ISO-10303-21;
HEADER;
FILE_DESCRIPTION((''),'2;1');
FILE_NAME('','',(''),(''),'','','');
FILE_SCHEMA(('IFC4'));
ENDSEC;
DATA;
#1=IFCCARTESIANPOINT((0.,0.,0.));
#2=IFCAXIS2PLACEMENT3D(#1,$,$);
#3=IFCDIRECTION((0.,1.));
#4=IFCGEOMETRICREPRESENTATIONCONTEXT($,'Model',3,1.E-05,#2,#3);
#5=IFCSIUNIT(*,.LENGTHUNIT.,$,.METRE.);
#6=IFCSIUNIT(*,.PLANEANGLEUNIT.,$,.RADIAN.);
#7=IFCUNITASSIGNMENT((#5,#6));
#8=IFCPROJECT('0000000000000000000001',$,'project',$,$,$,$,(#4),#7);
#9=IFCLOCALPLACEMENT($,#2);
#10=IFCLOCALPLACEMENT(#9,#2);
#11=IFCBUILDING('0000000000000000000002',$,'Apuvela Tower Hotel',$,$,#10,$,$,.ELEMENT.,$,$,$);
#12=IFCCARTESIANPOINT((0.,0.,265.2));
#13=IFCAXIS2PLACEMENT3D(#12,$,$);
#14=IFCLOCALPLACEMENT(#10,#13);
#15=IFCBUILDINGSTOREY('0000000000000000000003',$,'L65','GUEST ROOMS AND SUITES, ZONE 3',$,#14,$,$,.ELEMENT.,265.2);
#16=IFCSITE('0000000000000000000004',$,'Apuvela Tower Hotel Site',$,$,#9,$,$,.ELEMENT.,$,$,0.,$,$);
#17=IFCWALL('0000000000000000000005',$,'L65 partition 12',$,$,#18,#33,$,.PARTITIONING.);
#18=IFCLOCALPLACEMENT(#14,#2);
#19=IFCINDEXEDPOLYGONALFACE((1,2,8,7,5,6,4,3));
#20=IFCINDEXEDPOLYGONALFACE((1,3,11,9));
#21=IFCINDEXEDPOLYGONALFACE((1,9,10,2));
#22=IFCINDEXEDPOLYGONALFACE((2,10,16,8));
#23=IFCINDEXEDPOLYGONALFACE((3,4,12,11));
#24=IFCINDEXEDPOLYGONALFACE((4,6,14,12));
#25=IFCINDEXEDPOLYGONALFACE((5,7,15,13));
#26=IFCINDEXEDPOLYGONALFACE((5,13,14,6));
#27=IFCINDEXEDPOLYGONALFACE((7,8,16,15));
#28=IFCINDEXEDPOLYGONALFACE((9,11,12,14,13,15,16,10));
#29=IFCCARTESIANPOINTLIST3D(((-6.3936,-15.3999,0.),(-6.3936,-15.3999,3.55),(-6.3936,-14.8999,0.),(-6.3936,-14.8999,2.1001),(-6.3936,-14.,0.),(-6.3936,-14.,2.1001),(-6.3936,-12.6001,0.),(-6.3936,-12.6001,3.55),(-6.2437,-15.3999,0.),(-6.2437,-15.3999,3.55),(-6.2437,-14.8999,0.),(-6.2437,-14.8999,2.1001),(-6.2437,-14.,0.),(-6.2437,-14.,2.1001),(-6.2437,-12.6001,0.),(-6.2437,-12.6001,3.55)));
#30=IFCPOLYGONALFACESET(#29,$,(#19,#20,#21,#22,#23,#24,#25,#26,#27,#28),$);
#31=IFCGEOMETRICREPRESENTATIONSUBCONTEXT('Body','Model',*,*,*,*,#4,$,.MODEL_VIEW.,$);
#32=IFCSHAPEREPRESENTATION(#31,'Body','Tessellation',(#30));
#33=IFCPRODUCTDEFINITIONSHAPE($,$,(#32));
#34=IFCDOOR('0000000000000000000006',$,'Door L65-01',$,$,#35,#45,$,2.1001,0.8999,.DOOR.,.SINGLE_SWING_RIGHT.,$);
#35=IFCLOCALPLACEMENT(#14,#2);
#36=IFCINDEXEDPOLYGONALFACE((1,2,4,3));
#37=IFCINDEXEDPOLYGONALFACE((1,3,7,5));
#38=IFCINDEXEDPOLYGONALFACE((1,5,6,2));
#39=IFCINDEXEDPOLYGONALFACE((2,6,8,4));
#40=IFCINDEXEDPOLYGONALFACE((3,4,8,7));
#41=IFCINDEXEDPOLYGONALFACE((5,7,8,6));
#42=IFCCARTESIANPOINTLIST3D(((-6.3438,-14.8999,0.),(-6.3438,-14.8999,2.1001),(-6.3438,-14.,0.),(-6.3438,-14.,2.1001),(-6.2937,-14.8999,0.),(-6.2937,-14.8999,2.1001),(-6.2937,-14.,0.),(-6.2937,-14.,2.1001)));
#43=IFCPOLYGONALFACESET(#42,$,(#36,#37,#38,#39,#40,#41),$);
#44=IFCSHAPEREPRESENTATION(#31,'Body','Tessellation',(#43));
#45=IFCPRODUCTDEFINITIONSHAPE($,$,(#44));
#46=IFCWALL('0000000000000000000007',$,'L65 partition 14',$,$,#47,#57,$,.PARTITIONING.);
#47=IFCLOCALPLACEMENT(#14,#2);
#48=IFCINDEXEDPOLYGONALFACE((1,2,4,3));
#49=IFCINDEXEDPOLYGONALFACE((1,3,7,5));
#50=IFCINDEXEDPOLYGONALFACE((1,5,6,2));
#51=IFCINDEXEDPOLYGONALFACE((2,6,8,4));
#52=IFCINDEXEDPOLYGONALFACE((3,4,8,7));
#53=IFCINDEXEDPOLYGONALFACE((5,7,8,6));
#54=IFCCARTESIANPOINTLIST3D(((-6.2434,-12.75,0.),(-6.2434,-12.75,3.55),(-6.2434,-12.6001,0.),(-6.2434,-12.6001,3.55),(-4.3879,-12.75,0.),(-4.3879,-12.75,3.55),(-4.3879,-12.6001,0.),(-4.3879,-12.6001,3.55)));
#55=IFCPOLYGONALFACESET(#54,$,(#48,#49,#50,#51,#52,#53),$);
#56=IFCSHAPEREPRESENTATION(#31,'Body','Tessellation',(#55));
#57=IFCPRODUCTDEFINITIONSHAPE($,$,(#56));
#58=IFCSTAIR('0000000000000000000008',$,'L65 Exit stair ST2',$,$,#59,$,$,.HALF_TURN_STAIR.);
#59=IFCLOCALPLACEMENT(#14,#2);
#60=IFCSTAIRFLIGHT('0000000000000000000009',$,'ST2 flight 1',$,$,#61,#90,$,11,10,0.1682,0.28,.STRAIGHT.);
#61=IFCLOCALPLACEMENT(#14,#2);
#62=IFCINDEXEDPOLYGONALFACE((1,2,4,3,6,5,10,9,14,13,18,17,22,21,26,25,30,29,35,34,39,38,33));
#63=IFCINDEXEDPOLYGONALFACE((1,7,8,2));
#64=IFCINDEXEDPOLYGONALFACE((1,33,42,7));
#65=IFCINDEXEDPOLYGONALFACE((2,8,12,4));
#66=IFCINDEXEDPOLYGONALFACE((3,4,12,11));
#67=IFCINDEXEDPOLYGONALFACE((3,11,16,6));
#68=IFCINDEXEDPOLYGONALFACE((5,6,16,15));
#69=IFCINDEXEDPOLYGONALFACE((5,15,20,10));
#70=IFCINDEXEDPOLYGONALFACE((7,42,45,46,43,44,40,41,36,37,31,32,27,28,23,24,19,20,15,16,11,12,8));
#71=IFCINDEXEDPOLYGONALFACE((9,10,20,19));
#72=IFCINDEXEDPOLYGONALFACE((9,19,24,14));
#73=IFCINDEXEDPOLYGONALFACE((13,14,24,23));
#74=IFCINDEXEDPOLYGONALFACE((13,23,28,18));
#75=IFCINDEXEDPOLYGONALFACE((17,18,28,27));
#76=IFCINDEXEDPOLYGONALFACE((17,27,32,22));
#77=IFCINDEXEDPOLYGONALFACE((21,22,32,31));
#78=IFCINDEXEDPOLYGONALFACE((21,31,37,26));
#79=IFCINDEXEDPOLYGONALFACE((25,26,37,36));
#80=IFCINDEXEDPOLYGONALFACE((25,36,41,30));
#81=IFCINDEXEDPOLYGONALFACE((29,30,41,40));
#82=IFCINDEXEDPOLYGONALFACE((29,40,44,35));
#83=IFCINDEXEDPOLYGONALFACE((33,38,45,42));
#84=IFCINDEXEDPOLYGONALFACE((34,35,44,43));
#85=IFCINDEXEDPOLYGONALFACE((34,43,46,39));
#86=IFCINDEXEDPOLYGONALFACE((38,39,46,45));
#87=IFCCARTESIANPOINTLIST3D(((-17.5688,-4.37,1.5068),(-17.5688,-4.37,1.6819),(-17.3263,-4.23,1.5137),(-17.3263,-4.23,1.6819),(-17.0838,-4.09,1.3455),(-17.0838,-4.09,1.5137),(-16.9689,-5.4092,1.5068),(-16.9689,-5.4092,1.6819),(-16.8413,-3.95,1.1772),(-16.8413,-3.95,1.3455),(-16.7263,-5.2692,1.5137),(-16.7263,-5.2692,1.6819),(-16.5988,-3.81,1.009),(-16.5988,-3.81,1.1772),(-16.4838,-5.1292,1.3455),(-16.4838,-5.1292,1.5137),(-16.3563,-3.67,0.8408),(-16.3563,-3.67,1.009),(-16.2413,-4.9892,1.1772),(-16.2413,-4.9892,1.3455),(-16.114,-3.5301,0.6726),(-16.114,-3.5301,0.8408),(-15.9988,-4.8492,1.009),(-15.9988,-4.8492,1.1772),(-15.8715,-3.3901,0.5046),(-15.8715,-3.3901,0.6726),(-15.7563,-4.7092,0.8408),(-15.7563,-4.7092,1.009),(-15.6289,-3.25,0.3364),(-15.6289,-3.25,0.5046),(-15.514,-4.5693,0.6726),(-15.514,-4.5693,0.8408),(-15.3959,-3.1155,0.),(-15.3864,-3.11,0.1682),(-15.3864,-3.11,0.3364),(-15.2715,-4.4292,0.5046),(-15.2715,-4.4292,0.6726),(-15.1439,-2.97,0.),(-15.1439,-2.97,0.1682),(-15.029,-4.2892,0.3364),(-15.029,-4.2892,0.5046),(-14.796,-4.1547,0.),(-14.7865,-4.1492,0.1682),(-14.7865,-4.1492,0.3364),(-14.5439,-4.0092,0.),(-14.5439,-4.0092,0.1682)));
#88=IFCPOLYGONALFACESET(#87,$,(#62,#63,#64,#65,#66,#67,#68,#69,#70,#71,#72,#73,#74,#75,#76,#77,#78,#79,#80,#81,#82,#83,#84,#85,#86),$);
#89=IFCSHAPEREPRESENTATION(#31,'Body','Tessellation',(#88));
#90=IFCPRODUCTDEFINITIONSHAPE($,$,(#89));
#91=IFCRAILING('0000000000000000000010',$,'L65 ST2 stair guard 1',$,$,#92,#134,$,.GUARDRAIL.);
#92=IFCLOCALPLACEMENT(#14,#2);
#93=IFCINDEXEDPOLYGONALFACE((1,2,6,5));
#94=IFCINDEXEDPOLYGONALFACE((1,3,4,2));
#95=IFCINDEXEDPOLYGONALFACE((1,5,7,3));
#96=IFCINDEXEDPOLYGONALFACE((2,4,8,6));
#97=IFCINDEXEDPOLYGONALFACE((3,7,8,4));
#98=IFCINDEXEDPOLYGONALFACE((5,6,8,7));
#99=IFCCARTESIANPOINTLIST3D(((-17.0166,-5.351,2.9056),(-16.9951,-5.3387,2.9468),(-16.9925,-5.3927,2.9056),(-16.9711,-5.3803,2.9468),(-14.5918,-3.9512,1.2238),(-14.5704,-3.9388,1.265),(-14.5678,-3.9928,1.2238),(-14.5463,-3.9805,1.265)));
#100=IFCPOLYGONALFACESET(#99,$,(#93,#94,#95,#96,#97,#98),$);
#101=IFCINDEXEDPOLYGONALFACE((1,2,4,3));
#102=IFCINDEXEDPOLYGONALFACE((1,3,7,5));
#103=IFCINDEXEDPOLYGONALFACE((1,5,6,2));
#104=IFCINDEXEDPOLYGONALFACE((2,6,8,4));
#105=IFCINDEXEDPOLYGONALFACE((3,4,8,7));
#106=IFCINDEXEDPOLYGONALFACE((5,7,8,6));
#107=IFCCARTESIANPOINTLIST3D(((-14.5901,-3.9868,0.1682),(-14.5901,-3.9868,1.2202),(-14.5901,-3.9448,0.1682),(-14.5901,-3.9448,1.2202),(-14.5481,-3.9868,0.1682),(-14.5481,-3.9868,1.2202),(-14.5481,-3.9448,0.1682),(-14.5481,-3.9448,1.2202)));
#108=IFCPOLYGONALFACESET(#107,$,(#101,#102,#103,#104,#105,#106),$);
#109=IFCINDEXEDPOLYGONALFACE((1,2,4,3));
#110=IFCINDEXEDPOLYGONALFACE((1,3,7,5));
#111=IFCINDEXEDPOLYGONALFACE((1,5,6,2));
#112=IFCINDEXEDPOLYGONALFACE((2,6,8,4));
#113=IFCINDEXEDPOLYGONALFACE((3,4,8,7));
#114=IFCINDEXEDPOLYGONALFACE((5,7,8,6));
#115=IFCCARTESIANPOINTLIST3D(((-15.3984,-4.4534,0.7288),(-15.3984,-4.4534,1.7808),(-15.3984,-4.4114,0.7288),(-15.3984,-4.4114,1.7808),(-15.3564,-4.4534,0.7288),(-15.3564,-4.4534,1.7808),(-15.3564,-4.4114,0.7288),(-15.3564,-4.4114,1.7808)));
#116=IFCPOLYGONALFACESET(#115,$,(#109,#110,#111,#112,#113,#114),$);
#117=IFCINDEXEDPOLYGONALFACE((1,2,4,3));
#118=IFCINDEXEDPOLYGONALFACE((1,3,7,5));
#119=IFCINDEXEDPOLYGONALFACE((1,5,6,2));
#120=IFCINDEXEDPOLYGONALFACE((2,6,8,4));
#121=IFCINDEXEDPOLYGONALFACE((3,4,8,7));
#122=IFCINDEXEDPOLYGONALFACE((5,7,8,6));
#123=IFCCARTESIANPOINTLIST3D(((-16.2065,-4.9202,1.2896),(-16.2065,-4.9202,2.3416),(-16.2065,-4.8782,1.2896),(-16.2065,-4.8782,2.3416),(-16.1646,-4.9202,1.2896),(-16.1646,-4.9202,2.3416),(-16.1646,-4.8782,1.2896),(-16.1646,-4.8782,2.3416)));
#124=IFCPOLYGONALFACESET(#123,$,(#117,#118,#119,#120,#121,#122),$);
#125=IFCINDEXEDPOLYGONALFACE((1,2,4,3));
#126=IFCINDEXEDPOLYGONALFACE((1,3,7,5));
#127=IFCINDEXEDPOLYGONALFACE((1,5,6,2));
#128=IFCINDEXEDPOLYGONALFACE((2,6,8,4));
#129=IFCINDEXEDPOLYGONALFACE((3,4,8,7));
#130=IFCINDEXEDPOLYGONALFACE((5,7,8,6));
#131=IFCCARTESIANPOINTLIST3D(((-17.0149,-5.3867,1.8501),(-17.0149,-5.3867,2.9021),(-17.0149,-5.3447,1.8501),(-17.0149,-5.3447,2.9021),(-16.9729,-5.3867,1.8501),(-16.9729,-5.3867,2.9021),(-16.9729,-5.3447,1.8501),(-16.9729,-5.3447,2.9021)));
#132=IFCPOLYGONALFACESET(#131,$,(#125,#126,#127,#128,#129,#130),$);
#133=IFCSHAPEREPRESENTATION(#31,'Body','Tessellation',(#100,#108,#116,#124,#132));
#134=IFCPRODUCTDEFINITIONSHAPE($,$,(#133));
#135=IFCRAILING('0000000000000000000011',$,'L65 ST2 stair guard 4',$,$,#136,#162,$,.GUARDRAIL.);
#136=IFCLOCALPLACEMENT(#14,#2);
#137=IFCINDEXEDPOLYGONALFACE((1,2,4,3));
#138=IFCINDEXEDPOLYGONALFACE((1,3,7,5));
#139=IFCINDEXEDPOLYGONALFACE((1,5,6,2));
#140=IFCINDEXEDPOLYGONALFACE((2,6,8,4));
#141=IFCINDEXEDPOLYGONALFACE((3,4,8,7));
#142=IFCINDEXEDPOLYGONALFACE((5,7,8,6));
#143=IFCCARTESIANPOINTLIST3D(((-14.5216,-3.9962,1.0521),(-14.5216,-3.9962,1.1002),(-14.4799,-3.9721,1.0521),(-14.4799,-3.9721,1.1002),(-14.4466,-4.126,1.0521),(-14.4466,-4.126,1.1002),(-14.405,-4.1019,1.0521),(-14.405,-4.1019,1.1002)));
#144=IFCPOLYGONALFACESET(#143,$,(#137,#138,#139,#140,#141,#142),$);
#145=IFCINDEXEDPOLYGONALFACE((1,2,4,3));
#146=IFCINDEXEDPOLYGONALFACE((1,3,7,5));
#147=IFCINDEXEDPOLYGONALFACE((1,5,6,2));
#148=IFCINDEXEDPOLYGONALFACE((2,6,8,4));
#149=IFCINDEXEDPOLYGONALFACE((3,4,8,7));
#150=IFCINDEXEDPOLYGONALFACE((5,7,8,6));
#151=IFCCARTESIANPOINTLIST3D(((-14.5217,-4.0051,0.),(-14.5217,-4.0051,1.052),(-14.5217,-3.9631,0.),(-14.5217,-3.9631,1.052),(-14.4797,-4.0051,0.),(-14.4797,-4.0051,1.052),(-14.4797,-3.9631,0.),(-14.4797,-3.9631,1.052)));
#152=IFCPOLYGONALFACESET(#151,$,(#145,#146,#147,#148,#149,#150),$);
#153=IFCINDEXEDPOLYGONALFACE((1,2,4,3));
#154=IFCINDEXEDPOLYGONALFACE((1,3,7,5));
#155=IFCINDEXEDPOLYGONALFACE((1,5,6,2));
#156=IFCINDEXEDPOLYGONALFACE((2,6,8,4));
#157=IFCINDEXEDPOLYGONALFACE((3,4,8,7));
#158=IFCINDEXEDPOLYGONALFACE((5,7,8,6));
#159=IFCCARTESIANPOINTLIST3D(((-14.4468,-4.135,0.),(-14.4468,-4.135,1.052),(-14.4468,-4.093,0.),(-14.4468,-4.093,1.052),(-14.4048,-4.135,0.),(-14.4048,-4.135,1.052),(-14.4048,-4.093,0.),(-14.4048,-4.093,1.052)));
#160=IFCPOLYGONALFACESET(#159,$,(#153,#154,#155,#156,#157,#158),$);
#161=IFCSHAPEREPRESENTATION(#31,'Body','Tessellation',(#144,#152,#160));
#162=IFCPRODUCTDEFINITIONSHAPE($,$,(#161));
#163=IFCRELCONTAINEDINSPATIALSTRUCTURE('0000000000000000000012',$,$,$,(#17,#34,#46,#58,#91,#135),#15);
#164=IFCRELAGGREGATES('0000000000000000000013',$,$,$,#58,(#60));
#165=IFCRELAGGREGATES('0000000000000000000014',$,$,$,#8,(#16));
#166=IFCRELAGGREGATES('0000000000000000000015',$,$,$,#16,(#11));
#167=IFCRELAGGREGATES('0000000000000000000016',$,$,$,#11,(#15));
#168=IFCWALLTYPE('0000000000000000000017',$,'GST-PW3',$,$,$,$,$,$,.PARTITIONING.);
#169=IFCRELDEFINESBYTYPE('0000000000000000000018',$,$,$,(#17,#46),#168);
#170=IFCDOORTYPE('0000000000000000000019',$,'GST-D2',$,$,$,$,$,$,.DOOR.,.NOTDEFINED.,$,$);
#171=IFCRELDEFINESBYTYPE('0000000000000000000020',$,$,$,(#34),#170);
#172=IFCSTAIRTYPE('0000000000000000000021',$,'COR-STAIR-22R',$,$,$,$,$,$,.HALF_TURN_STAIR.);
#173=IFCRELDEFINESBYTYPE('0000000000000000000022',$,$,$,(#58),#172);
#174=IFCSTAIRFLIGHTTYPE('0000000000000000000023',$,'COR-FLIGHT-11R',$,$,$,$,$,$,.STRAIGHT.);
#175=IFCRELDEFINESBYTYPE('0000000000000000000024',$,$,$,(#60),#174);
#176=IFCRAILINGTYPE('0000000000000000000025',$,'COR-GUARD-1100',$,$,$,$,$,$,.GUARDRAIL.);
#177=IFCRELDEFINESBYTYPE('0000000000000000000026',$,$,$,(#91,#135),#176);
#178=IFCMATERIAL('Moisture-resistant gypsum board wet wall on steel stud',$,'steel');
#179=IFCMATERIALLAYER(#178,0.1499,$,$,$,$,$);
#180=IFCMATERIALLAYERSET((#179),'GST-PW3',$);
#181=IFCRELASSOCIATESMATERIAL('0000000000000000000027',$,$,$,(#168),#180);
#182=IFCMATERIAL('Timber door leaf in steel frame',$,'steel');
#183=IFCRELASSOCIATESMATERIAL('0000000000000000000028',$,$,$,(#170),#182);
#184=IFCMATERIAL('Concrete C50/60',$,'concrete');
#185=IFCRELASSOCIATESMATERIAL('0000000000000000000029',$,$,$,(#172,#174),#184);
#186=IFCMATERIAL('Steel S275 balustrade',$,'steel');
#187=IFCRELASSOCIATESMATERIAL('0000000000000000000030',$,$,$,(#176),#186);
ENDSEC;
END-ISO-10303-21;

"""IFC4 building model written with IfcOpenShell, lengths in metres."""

from ifc_helpers import new_model, si_unit, direction, frame, frame_2d, origin, origin_2d, place, context, subcontext, project, spatial, polyline, rectangle, outline, extrude, material, layer, layer_set, type_object, element, fill, aggregate, save


model = new_model("IFC4")

# Units and contexts
model_context = context("Model", 3, precision=1e-05, world=origin(), true_north=direction((0.0, 1.0)))
body_context = subcontext(model_context, "Body", "Model", "MODEL_VIEW")
ifc_project = project(units=[si_unit("LENGTHUNIT", "METRE"), si_unit("PLANEANGLEUNIT", "RADIAN")], contexts=[model_context])

# Site, building, storey
site_placement = place(None, origin())
site = spatial("IfcSite", under=ifc_project, at=site_placement, Name="Apuvela Tower Hotel Site", CompositionType="ELEMENT", RefElevation=0.0)
building_placement = place(site_placement, origin())
building = spatial("IfcBuilding", under=site, at=building_placement, Name="Apuvela Tower Hotel", CompositionType="ELEMENT")
storey_placement = place(building_placement, frame((0.0, 0.0, 265.2)))
storey = spatial("IfcBuildingStorey", under=building, at=storey_placement, Name="L65", Description="GUEST ROOMS AND SUITES, ZONE 3", CompositionType="ELEMENT", Elevation=265.2)

# Shared definitions
ifc_material_1 = material(Name="Concrete C50/60", Category="concrete")

# Wall, opening, door
ifc_material_2 = material(Name="Timber door leaf in steel frame", Category="steel")
ifc_material_3 = material(Name="Moisture-resistant gypsum board wet wall on steel stud", Category="steel")
ifc_layer_1 = layer(ifc_material_3, 0.1499)
ifc_layer_set_1 = layer_set([ifc_layer_1], Name="GST-PW3")
wall_type_1 = type_object("IfcWallType", Name="GST-PW3", PredefinedType="PARTITIONING", material=ifc_layer_set_1)
wall_1_placement = place(storey_placement, frame((-6.3186, -12.6001, 0.0), z_axis=(0.0, 0.0, 1.0), x_axis=(0.0, -1.0, 0.0)))
wall_1 = element("IfcWall", 1, at=wall_1_placement, inside=storey, type_object=wall_type_1, Name="L65 partition 12", PredefinedType="PARTITIONING", context=body_context, shape_type="SweptSolid", body=[
    extrude(rectangle(XDim=2.7998, YDim=0.1499, at=frame_2d((1.3999, 0.0))), origin(), (0.0, 0.0, 1.0), 3.55),
])
opening_1_placement = place(wall_1_placement, frame((1.3999, 0.0, 0.0)))
opening_1 = element("IfcOpeningElement", 2, at=opening_1_placement, cuts=wall_1, PredefinedType="OPENING", context=body_context, shape_type="SweptSolid", body=[
    extrude(rectangle(XDim=0.8999, YDim=2.1001, at=frame_2d((0.45, 1.05))), frame((0.0, 0.085, 0.0), z_axis=(0.0, -1.0, 0.0), x_axis=(1.0, 0.0, 0.0)), (0.0, 0.0, 1.0), 0.1699),
])
door_type_1 = type_object("IfcDoorType", Name="GST-D2", OperationType="NOTDEFINED", PredefinedType="DOOR", material=ifc_material_2)
door_1_placement = place(opening_1_placement, origin())
door_1 = element("IfcDoor", 3, at=door_1_placement, inside=storey, type_object=door_type_1, Name="Door L65-01", OperationType="SINGLE_SWING_RIGHT", OverallHeight=2.1001, OverallWidth=0.8999, PredefinedType="DOOR", context=body_context, shape_type="SweptSolid", body=[
    extrude(rectangle(XDim=0.8999, YDim=2.1001, at=frame_2d((0.45, 1.05))), frame((0.0, 0.0249, 0.0), z_axis=(0.0, -1.0, 0.0), x_axis=(1.0, 0.0, 0.0)), (0.0, 0.0, 1.0), 0.05),
])
fill(opening_1, door_1)

# Wall
wall_2_placement = place(storey_placement, frame((-6.2434, -12.675, 0.0), z_axis=(0.0, 0.0, 1.0), x_axis=(1.0, 0.0, 0.0)))
element("IfcWall", 4, at=wall_2_placement, inside=storey, type_object=wall_type_1, Name="L65 partition 14", PredefinedType="PARTITIONING", context=body_context, shape_type="SweptSolid", body=[
    extrude(rectangle(XDim=1.8555, YDim=0.1499, at=frame_2d((0.9277, 0.0))), origin(), (0.0, 0.0, 1.0), 3.55),
])

# Stair, stair flight
stair_type = type_object("IfcStairType", Name="COR-STAIR-22R", PredefinedType="HALF_TURN_STAIR", material=ifc_material_1)
stair_placement = place(storey_placement, origin())
stair = element("IfcStair", 5, at=stair_placement, inside=storey, type_object=stair_type, Name="L65 Exit stair ST2", PredefinedType="HALF_TURN_STAIR")
stair_flight_type = type_object("IfcStairFlightType", Name="COR-FLIGHT-11R", PredefinedType="STRAIGHT", material=ifc_material_1)
stair_flight_placement = place(storey_placement, frame((-14.844, -3.4895, 0.0), z_axis=(0.0, 0.0, 1.0), x_axis=(-0.866025, -0.5, 0.0)))
stair_flight = element("IfcStairFlight", 6, at=stair_flight_placement, type_object=stair_flight_type, Name="ST2 flight 1", NumberOfRisers=11, NumberOfTreads=10, PredefinedType="STRAIGHT", RiserHeight=0.1682, TreadLength=0.28, context=body_context, shape_type="SweptSolid", body=[
    extrude(outline(polyline([(0.0, 0.0), (0.0, 0.1682), (0.28, 0.1682), (0.28, 0.3364), (0.5601, 0.3364), (0.5601, 0.5046), (0.8401, 0.5046), (0.8401, 0.6726), (1.1201, 0.6726), (1.1201, 0.8408), (1.3999, 0.8408), (1.3999, 1.009), (1.6799, 1.009), (1.6799, 1.1772), (1.96, 1.1772), (1.96, 1.3455), (2.24, 1.3455), (2.24, 1.5137), (2.52, 1.5137), (2.52, 1.6819), (2.8, 1.6819), (2.8, 1.8501), (2.8, 1.5068), (0.291, 0.0), (0.0, 0.0)])), frame((0.0, 0.6001, 0.0), z_axis=(0.0, -1.0, 0.0), x_axis=(1.0, 0.0, 0.0)), (0.0, 0.0, 1.0), 1.2),
])
aggregate(stair, [stair_flight])

# Railings
ifc_material_4 = material(Name="Steel S275 balustrade", Category="steel")
railing_type = type_object("IfcRailingType", Name="COR-GUARD-1100", PredefinedType="GUARDRAIL", material=ifc_material_4)
railing_1_placement = place(storey_placement, frame((-14.5691, -3.9658, 0.1682)))
element("IfcRailing", 7, at=railing_1_placement, inside=storey, type_object=railing_type, Name="L65 ST2 stair guard 1", PredefinedType="GUARDRAIL", context=body_context, shape_type="SweptSolid", body=[
    extrude(rectangle(XDim=0.0481, YDim=0.0481, at=origin_2d()), frame((0.0, 0.0, 1.0762), z_axis=(-0.74239, -0.428601, 0.514934), x_axis=(0.499984, -0.866035, 0.0)), (0.0, 0.0, 1.0), 3.2661),
    extrude(rectangle(XDim=0.042, YDim=0.042, at=origin_2d()), origin(), (0.0, 0.0, 1.0), 1.052),
    extrude(rectangle(XDim=0.042, YDim=0.042, at=origin_2d()), frame((-0.8083, -0.4666, 0.5605)), (0.0, 0.0, 1.0), 1.052),
    extrude(rectangle(XDim=0.042, YDim=0.042, at=origin_2d()), frame((-1.6165, -0.9333, 1.1213)), (0.0, 0.0, 1.0), 1.052),
    extrude(rectangle(XDim=0.042, YDim=0.042, at=origin_2d()), frame((-2.4248, -1.3999, 1.6819)), (0.0, 0.0, 1.0), 1.052),
])
railing_2_placement = place(storey_placement, frame((-14.5007, -3.9841, 0.0)))
element("IfcRailing", 8, at=railing_2_placement, inside=storey, type_object=railing_type, Name="L65 ST2 stair guard 4", PredefinedType="GUARDRAIL", context=body_context, shape_type="SweptSolid", body=[
    extrude(rectangle(XDim=0.0481, YDim=0.0481, at=origin_2d()), frame((0.0, 0.0, 1.0762), z_axis=(0.499816, -0.866131, 0.0), x_axis=(0.866131, 0.499816, 0.0)), (0.0, 0.0, 1.0), 0.1499),
    extrude(rectangle(XDim=0.042, YDim=0.042, at=origin_2d()), origin(), (0.0, 0.0, 1.0), 1.052),
    extrude(rectangle(XDim=0.042, YDim=0.042, at=origin_2d()), frame((0.075, -0.1299, 0.0)), (0.0, 0.0, 1.0), 1.052),
])

save(model, "model.ifc")
